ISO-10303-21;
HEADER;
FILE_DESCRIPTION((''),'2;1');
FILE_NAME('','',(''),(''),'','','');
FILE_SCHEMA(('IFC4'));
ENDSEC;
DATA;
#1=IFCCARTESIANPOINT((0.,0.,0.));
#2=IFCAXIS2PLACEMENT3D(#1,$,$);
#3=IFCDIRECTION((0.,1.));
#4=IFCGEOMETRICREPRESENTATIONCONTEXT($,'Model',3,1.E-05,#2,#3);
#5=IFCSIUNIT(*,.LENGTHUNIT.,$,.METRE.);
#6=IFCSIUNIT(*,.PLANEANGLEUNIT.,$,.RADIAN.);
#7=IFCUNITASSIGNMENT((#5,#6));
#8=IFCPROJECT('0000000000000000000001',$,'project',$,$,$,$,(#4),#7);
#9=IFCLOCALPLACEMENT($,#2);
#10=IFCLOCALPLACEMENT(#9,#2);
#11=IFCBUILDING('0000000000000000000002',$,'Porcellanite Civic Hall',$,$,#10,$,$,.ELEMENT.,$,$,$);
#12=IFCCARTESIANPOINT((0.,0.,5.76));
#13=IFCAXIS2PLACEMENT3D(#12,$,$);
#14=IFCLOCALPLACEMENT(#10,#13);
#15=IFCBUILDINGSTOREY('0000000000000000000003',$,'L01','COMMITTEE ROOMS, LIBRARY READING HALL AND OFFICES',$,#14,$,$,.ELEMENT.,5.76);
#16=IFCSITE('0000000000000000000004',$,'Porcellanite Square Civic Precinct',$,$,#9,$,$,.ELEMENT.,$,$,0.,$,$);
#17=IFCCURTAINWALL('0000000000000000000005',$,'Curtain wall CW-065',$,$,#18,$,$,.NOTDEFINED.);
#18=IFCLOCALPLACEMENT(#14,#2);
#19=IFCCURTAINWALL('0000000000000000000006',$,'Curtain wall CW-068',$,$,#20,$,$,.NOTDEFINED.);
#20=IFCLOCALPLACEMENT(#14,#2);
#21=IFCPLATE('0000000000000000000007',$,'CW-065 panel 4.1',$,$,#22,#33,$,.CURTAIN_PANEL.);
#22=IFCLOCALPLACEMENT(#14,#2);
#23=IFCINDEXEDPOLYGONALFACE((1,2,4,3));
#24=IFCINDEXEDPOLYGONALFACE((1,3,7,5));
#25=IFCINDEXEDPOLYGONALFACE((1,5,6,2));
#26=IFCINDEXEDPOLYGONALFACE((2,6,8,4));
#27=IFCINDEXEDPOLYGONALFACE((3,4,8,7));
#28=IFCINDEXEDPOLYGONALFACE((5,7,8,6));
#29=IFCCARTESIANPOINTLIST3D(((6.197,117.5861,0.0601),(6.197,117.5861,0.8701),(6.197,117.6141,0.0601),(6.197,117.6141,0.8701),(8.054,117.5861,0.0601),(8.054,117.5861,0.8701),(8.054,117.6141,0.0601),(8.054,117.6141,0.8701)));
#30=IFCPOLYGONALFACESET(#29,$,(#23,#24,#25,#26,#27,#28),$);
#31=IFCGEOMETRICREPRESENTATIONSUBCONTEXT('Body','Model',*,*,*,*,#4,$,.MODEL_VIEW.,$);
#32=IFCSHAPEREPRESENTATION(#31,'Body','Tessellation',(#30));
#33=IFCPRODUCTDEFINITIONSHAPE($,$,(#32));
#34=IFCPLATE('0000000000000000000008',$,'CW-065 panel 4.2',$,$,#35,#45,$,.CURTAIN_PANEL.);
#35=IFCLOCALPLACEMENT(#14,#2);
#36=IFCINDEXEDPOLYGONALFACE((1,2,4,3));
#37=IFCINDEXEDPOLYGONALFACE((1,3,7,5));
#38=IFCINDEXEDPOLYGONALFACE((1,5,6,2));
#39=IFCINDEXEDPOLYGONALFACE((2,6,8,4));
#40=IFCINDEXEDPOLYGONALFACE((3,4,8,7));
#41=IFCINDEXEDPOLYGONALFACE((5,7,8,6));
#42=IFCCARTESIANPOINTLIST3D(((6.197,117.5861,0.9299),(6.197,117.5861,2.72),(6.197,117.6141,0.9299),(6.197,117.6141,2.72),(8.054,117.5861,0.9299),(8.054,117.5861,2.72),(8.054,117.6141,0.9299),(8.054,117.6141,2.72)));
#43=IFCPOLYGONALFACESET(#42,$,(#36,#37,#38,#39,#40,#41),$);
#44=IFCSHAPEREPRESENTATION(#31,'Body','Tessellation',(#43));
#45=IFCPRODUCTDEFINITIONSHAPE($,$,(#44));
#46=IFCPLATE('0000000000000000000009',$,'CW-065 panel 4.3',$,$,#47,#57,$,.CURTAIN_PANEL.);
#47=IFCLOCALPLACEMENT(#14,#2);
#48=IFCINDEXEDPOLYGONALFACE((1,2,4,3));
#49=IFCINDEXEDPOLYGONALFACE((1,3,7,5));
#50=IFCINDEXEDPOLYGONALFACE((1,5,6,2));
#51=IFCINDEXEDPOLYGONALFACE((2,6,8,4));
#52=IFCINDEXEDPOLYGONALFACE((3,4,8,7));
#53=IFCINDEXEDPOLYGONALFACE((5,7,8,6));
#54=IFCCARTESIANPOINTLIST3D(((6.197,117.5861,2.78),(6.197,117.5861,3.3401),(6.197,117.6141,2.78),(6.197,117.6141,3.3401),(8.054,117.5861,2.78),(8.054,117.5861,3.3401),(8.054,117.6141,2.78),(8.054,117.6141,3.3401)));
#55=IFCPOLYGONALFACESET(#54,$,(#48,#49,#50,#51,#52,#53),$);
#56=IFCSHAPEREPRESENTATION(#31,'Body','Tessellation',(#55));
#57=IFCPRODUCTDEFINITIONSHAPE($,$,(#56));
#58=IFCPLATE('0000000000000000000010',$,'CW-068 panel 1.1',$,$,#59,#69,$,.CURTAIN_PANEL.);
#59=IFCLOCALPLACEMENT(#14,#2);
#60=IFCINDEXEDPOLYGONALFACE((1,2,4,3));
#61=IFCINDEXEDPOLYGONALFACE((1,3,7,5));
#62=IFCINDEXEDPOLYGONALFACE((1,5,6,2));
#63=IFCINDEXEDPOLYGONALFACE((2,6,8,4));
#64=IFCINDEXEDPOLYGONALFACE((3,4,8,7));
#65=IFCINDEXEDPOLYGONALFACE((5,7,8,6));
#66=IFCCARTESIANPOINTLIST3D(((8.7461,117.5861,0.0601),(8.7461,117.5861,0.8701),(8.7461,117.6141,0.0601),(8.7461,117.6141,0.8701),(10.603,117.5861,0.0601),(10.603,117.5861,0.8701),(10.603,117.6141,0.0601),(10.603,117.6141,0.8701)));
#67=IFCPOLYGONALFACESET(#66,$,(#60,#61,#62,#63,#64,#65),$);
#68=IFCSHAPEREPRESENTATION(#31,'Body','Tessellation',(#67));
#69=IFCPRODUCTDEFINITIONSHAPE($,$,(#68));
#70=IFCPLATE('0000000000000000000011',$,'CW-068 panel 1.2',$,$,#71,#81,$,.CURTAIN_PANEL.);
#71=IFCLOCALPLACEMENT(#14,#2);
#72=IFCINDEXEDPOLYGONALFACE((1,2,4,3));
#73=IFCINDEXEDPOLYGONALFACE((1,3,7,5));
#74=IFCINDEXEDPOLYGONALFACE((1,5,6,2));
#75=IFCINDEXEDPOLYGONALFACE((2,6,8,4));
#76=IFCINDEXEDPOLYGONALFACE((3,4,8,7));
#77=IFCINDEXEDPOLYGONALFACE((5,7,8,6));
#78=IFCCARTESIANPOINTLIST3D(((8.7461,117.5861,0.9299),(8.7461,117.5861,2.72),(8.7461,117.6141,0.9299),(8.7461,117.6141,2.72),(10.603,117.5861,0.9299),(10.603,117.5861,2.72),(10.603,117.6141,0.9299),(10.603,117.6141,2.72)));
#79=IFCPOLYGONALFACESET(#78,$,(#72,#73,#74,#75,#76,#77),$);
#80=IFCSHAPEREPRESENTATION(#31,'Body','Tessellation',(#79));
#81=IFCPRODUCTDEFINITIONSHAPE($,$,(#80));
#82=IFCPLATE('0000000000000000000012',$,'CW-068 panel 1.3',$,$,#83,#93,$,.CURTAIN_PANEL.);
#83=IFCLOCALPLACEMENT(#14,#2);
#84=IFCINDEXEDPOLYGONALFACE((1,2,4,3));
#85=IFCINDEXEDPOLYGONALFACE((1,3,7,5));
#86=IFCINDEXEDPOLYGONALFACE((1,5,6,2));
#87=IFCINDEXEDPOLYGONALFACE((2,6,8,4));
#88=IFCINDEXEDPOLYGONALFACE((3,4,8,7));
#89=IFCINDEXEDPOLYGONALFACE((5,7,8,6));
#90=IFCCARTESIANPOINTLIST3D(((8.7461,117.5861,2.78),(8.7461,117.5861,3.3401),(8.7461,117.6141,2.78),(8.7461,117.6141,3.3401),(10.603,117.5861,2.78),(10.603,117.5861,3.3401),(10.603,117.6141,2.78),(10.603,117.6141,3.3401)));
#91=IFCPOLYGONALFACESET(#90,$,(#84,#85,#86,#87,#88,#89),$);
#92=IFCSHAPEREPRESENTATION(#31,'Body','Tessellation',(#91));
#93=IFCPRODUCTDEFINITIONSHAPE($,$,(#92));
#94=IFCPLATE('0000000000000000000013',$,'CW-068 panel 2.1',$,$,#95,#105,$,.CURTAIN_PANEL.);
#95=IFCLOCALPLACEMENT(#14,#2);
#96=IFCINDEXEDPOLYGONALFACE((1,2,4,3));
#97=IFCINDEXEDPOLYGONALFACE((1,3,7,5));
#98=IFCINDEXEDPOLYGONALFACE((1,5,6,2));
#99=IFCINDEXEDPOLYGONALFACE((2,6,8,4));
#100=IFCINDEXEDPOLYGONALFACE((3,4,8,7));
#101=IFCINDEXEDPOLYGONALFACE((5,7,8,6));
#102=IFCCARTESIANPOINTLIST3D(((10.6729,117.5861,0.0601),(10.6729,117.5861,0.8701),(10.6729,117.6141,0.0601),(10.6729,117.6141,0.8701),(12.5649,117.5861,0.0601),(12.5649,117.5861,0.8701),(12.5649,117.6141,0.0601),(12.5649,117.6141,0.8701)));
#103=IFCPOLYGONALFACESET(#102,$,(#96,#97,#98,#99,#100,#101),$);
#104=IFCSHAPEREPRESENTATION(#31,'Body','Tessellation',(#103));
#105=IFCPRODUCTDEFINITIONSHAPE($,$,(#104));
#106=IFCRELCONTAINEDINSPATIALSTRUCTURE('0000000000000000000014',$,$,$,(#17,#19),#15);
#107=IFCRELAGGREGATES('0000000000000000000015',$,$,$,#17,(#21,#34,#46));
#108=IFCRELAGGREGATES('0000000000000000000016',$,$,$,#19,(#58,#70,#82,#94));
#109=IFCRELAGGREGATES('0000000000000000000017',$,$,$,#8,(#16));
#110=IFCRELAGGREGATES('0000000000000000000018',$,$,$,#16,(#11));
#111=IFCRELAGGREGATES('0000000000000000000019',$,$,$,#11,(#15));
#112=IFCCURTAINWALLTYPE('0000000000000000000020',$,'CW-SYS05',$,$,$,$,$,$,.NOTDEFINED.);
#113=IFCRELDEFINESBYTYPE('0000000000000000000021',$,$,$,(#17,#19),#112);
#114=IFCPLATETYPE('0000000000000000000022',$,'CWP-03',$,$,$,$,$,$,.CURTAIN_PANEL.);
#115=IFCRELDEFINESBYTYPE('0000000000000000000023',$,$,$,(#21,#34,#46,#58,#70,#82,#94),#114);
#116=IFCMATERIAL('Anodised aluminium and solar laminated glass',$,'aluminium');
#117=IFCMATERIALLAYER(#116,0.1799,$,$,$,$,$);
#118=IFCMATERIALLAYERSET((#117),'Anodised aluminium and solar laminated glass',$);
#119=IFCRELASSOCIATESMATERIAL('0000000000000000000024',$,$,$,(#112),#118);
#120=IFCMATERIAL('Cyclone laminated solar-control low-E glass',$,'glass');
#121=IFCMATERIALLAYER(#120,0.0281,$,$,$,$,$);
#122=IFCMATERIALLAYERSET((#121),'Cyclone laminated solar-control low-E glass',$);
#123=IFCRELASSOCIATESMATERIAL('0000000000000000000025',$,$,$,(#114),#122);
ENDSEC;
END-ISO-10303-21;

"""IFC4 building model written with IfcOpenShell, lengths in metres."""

from ifc_helpers import new_model, si_unit, direction, frame, origin, origin_2d, place, context, subcontext, project, spatial, rectangle, extrude, material, layer, layer_set, type_object, element, aggregate, save


model = new_model("IFC4")

# Units and contexts
model_context = context("Model", 3, precision=1e-05, world=origin(), true_north=direction((0.0, 1.0)))
body_context = subcontext(model_context, "Body", "Model", "MODEL_VIEW")
ifc_project = project(units=[si_unit("LENGTHUNIT", "METRE"), si_unit("PLANEANGLEUNIT", "RADIAN")], contexts=[model_context])

# Site, building, storey
site_placement = place(None, origin())
site = spatial("IfcSite", under=ifc_project, at=site_placement, Name="Porcellanite Square Civic Precinct", CompositionType="ELEMENT", RefElevation=0.0)
building_placement = place(site_placement, origin())
building = spatial("IfcBuilding", under=site, at=building_placement, Name="Porcellanite Civic Hall", CompositionType="ELEMENT")
storey_placement = place(building_placement, frame((0.0, 0.0, 5.76)))
storey = spatial("IfcBuildingStorey", under=building, at=storey_placement, Name="L01", Description="COMMITTEE ROOMS, LIBRARY READING HALL AND OFFICES", CompositionType="ELEMENT", Elevation=5.76)

# Curtain walls
ifc_material_1 = material(Name="Anodised aluminium and solar laminated glass", Category="aluminium")
ifc_layer_1 = layer(ifc_material_1, 0.1799)
ifc_layer_set_1 = layer_set([ifc_layer_1], Name="Anodised aluminium and solar laminated glass")
curtain_wall_type = type_object("IfcCurtainWallType", Name="CW-SYS05", PredefinedType="NOTDEFINED", material=ifc_layer_set_1)
curtain_wall_1_placement = place(storey_placement, origin())
curtain_wall_1 = element("IfcCurtainWall", 1, at=curtain_wall_1_placement, inside=storey, type_object=curtain_wall_type, Name="Curtain wall CW-065", PredefinedType="NOTDEFINED")
curtain_wall_2_placement = place(storey_placement, origin())
curtain_wall_2 = element("IfcCurtainWall", 2, at=curtain_wall_2_placement, inside=storey, type_object=curtain_wall_type, Name="Curtain wall CW-068", PredefinedType="NOTDEFINED")

# Plates
ifc_material_2 = material(Name="Cyclone laminated solar-control low-E glass", Category="glass")
ifc_layer_2 = layer(ifc_material_2, 0.0281)
ifc_layer_set_2 = layer_set([ifc_layer_2], Name="Cyclone laminated solar-control low-E glass")
plate_type = type_object("IfcPlateType", Name="CWP-03", PredefinedType="CURTAIN_PANEL", material=ifc_layer_set_2)
plate_1_placement = place(storey_placement, frame((7.1255, 117.6001, 0.0601), z_axis=(0.0, 0.0, 1.0), x_axis=(1.0, 0.0, 0.0)))
plate_1 = element("IfcPlate", 3, at=plate_1_placement, type_object=plate_type, Name="CW-065 panel 4.1", PredefinedType="CURTAIN_PANEL", context=body_context, shape_type="SweptSolid", body=[
    extrude(rectangle(XDim=1.8569, YDim=0.0281, at=origin_2d()), origin(), (0.0, 0.0, 1.0), 0.8101),
])
plate_2_placement = place(storey_placement, frame((7.1255, 117.6001, 0.9299), z_axis=(0.0, 0.0, 1.0), x_axis=(1.0, 0.0, 0.0)))
plate_2 = element("IfcPlate", 4, at=plate_2_placement, type_object=plate_type, Name="CW-065 panel 4.2", PredefinedType="CURTAIN_PANEL", context=body_context, shape_type="SweptSolid", body=[
    extrude(rectangle(XDim=1.8569, YDim=0.0281, at=origin_2d()), origin(), (0.0, 0.0, 1.0), 1.79),
])
plate_3_placement = place(storey_placement, frame((7.1255, 117.6001, 2.78), z_axis=(0.0, 0.0, 1.0), x_axis=(1.0, 0.0, 0.0)))
plate_3 = element("IfcPlate", 5, at=plate_3_placement, type_object=plate_type, Name="CW-065 panel 4.3", PredefinedType="CURTAIN_PANEL", context=body_context, shape_type="SweptSolid", body=[
    extrude(rectangle(XDim=1.8569, YDim=0.0281, at=origin_2d()), origin(), (0.0, 0.0, 1.0), 0.5601),
])
aggregate(curtain_wall_1, [plate_1, plate_2, plate_3])
plate_4_placement = place(storey_placement, frame((9.6746, 117.6001, 0.0601), z_axis=(0.0, 0.0, 1.0), x_axis=(1.0, 0.0, 0.0)))
plate_4 = element("IfcPlate", 6, at=plate_4_placement, type_object=plate_type, Name="CW-068 panel 1.1", PredefinedType="CURTAIN_PANEL", context=body_context, shape_type="SweptSolid", body=[
    extrude(rectangle(XDim=1.8569, YDim=0.0281, at=origin_2d()), origin(), (0.0, 0.0, 1.0), 0.8101),
])
plate_5_placement = place(storey_placement, frame((9.6746, 117.6001, 0.9299), z_axis=(0.0, 0.0, 1.0), x_axis=(1.0, 0.0, 0.0)))
plate_5 = element("IfcPlate", 7, at=plate_5_placement, type_object=plate_type, Name="CW-068 panel 1.2", PredefinedType="CURTAIN_PANEL", context=body_context, shape_type="SweptSolid", body=[
    extrude(rectangle(XDim=1.8569, YDim=0.0281, at=origin_2d()), origin(), (0.0, 0.0, 1.0), 1.79),
])
plate_6_placement = place(storey_placement, frame((9.6746, 117.6001, 2.78), z_axis=(0.0, 0.0, 1.0), x_axis=(1.0, 0.0, 0.0)))
plate_6 = element("IfcPlate", 8, at=plate_6_placement, type_object=plate_type, Name="CW-068 panel 1.3", PredefinedType="CURTAIN_PANEL", context=body_context, shape_type="SweptSolid", body=[
    extrude(rectangle(XDim=1.8569, YDim=0.0281, at=origin_2d()), origin(), (0.0, 0.0, 1.0), 0.5601),
])
plate_7_placement = place(storey_placement, frame((11.6189, 117.6001, 0.0601), z_axis=(0.0, 0.0, 1.0), x_axis=(1.0, 0.0, 0.0)))
plate_7 = element("IfcPlate", 9, at=plate_7_placement, type_object=plate_type, Name="CW-068 panel 2.1", PredefinedType="CURTAIN_PANEL", context=body_context, shape_type="SweptSolid", body=[
    extrude(rectangle(XDim=1.8921, YDim=0.0281, at=origin_2d()), origin(), (0.0, 0.0, 1.0), 0.8101),
])
aggregate(curtain_wall_2, [plate_4, plate_5, plate_6, plate_7])

save(model, "model.ifc")
